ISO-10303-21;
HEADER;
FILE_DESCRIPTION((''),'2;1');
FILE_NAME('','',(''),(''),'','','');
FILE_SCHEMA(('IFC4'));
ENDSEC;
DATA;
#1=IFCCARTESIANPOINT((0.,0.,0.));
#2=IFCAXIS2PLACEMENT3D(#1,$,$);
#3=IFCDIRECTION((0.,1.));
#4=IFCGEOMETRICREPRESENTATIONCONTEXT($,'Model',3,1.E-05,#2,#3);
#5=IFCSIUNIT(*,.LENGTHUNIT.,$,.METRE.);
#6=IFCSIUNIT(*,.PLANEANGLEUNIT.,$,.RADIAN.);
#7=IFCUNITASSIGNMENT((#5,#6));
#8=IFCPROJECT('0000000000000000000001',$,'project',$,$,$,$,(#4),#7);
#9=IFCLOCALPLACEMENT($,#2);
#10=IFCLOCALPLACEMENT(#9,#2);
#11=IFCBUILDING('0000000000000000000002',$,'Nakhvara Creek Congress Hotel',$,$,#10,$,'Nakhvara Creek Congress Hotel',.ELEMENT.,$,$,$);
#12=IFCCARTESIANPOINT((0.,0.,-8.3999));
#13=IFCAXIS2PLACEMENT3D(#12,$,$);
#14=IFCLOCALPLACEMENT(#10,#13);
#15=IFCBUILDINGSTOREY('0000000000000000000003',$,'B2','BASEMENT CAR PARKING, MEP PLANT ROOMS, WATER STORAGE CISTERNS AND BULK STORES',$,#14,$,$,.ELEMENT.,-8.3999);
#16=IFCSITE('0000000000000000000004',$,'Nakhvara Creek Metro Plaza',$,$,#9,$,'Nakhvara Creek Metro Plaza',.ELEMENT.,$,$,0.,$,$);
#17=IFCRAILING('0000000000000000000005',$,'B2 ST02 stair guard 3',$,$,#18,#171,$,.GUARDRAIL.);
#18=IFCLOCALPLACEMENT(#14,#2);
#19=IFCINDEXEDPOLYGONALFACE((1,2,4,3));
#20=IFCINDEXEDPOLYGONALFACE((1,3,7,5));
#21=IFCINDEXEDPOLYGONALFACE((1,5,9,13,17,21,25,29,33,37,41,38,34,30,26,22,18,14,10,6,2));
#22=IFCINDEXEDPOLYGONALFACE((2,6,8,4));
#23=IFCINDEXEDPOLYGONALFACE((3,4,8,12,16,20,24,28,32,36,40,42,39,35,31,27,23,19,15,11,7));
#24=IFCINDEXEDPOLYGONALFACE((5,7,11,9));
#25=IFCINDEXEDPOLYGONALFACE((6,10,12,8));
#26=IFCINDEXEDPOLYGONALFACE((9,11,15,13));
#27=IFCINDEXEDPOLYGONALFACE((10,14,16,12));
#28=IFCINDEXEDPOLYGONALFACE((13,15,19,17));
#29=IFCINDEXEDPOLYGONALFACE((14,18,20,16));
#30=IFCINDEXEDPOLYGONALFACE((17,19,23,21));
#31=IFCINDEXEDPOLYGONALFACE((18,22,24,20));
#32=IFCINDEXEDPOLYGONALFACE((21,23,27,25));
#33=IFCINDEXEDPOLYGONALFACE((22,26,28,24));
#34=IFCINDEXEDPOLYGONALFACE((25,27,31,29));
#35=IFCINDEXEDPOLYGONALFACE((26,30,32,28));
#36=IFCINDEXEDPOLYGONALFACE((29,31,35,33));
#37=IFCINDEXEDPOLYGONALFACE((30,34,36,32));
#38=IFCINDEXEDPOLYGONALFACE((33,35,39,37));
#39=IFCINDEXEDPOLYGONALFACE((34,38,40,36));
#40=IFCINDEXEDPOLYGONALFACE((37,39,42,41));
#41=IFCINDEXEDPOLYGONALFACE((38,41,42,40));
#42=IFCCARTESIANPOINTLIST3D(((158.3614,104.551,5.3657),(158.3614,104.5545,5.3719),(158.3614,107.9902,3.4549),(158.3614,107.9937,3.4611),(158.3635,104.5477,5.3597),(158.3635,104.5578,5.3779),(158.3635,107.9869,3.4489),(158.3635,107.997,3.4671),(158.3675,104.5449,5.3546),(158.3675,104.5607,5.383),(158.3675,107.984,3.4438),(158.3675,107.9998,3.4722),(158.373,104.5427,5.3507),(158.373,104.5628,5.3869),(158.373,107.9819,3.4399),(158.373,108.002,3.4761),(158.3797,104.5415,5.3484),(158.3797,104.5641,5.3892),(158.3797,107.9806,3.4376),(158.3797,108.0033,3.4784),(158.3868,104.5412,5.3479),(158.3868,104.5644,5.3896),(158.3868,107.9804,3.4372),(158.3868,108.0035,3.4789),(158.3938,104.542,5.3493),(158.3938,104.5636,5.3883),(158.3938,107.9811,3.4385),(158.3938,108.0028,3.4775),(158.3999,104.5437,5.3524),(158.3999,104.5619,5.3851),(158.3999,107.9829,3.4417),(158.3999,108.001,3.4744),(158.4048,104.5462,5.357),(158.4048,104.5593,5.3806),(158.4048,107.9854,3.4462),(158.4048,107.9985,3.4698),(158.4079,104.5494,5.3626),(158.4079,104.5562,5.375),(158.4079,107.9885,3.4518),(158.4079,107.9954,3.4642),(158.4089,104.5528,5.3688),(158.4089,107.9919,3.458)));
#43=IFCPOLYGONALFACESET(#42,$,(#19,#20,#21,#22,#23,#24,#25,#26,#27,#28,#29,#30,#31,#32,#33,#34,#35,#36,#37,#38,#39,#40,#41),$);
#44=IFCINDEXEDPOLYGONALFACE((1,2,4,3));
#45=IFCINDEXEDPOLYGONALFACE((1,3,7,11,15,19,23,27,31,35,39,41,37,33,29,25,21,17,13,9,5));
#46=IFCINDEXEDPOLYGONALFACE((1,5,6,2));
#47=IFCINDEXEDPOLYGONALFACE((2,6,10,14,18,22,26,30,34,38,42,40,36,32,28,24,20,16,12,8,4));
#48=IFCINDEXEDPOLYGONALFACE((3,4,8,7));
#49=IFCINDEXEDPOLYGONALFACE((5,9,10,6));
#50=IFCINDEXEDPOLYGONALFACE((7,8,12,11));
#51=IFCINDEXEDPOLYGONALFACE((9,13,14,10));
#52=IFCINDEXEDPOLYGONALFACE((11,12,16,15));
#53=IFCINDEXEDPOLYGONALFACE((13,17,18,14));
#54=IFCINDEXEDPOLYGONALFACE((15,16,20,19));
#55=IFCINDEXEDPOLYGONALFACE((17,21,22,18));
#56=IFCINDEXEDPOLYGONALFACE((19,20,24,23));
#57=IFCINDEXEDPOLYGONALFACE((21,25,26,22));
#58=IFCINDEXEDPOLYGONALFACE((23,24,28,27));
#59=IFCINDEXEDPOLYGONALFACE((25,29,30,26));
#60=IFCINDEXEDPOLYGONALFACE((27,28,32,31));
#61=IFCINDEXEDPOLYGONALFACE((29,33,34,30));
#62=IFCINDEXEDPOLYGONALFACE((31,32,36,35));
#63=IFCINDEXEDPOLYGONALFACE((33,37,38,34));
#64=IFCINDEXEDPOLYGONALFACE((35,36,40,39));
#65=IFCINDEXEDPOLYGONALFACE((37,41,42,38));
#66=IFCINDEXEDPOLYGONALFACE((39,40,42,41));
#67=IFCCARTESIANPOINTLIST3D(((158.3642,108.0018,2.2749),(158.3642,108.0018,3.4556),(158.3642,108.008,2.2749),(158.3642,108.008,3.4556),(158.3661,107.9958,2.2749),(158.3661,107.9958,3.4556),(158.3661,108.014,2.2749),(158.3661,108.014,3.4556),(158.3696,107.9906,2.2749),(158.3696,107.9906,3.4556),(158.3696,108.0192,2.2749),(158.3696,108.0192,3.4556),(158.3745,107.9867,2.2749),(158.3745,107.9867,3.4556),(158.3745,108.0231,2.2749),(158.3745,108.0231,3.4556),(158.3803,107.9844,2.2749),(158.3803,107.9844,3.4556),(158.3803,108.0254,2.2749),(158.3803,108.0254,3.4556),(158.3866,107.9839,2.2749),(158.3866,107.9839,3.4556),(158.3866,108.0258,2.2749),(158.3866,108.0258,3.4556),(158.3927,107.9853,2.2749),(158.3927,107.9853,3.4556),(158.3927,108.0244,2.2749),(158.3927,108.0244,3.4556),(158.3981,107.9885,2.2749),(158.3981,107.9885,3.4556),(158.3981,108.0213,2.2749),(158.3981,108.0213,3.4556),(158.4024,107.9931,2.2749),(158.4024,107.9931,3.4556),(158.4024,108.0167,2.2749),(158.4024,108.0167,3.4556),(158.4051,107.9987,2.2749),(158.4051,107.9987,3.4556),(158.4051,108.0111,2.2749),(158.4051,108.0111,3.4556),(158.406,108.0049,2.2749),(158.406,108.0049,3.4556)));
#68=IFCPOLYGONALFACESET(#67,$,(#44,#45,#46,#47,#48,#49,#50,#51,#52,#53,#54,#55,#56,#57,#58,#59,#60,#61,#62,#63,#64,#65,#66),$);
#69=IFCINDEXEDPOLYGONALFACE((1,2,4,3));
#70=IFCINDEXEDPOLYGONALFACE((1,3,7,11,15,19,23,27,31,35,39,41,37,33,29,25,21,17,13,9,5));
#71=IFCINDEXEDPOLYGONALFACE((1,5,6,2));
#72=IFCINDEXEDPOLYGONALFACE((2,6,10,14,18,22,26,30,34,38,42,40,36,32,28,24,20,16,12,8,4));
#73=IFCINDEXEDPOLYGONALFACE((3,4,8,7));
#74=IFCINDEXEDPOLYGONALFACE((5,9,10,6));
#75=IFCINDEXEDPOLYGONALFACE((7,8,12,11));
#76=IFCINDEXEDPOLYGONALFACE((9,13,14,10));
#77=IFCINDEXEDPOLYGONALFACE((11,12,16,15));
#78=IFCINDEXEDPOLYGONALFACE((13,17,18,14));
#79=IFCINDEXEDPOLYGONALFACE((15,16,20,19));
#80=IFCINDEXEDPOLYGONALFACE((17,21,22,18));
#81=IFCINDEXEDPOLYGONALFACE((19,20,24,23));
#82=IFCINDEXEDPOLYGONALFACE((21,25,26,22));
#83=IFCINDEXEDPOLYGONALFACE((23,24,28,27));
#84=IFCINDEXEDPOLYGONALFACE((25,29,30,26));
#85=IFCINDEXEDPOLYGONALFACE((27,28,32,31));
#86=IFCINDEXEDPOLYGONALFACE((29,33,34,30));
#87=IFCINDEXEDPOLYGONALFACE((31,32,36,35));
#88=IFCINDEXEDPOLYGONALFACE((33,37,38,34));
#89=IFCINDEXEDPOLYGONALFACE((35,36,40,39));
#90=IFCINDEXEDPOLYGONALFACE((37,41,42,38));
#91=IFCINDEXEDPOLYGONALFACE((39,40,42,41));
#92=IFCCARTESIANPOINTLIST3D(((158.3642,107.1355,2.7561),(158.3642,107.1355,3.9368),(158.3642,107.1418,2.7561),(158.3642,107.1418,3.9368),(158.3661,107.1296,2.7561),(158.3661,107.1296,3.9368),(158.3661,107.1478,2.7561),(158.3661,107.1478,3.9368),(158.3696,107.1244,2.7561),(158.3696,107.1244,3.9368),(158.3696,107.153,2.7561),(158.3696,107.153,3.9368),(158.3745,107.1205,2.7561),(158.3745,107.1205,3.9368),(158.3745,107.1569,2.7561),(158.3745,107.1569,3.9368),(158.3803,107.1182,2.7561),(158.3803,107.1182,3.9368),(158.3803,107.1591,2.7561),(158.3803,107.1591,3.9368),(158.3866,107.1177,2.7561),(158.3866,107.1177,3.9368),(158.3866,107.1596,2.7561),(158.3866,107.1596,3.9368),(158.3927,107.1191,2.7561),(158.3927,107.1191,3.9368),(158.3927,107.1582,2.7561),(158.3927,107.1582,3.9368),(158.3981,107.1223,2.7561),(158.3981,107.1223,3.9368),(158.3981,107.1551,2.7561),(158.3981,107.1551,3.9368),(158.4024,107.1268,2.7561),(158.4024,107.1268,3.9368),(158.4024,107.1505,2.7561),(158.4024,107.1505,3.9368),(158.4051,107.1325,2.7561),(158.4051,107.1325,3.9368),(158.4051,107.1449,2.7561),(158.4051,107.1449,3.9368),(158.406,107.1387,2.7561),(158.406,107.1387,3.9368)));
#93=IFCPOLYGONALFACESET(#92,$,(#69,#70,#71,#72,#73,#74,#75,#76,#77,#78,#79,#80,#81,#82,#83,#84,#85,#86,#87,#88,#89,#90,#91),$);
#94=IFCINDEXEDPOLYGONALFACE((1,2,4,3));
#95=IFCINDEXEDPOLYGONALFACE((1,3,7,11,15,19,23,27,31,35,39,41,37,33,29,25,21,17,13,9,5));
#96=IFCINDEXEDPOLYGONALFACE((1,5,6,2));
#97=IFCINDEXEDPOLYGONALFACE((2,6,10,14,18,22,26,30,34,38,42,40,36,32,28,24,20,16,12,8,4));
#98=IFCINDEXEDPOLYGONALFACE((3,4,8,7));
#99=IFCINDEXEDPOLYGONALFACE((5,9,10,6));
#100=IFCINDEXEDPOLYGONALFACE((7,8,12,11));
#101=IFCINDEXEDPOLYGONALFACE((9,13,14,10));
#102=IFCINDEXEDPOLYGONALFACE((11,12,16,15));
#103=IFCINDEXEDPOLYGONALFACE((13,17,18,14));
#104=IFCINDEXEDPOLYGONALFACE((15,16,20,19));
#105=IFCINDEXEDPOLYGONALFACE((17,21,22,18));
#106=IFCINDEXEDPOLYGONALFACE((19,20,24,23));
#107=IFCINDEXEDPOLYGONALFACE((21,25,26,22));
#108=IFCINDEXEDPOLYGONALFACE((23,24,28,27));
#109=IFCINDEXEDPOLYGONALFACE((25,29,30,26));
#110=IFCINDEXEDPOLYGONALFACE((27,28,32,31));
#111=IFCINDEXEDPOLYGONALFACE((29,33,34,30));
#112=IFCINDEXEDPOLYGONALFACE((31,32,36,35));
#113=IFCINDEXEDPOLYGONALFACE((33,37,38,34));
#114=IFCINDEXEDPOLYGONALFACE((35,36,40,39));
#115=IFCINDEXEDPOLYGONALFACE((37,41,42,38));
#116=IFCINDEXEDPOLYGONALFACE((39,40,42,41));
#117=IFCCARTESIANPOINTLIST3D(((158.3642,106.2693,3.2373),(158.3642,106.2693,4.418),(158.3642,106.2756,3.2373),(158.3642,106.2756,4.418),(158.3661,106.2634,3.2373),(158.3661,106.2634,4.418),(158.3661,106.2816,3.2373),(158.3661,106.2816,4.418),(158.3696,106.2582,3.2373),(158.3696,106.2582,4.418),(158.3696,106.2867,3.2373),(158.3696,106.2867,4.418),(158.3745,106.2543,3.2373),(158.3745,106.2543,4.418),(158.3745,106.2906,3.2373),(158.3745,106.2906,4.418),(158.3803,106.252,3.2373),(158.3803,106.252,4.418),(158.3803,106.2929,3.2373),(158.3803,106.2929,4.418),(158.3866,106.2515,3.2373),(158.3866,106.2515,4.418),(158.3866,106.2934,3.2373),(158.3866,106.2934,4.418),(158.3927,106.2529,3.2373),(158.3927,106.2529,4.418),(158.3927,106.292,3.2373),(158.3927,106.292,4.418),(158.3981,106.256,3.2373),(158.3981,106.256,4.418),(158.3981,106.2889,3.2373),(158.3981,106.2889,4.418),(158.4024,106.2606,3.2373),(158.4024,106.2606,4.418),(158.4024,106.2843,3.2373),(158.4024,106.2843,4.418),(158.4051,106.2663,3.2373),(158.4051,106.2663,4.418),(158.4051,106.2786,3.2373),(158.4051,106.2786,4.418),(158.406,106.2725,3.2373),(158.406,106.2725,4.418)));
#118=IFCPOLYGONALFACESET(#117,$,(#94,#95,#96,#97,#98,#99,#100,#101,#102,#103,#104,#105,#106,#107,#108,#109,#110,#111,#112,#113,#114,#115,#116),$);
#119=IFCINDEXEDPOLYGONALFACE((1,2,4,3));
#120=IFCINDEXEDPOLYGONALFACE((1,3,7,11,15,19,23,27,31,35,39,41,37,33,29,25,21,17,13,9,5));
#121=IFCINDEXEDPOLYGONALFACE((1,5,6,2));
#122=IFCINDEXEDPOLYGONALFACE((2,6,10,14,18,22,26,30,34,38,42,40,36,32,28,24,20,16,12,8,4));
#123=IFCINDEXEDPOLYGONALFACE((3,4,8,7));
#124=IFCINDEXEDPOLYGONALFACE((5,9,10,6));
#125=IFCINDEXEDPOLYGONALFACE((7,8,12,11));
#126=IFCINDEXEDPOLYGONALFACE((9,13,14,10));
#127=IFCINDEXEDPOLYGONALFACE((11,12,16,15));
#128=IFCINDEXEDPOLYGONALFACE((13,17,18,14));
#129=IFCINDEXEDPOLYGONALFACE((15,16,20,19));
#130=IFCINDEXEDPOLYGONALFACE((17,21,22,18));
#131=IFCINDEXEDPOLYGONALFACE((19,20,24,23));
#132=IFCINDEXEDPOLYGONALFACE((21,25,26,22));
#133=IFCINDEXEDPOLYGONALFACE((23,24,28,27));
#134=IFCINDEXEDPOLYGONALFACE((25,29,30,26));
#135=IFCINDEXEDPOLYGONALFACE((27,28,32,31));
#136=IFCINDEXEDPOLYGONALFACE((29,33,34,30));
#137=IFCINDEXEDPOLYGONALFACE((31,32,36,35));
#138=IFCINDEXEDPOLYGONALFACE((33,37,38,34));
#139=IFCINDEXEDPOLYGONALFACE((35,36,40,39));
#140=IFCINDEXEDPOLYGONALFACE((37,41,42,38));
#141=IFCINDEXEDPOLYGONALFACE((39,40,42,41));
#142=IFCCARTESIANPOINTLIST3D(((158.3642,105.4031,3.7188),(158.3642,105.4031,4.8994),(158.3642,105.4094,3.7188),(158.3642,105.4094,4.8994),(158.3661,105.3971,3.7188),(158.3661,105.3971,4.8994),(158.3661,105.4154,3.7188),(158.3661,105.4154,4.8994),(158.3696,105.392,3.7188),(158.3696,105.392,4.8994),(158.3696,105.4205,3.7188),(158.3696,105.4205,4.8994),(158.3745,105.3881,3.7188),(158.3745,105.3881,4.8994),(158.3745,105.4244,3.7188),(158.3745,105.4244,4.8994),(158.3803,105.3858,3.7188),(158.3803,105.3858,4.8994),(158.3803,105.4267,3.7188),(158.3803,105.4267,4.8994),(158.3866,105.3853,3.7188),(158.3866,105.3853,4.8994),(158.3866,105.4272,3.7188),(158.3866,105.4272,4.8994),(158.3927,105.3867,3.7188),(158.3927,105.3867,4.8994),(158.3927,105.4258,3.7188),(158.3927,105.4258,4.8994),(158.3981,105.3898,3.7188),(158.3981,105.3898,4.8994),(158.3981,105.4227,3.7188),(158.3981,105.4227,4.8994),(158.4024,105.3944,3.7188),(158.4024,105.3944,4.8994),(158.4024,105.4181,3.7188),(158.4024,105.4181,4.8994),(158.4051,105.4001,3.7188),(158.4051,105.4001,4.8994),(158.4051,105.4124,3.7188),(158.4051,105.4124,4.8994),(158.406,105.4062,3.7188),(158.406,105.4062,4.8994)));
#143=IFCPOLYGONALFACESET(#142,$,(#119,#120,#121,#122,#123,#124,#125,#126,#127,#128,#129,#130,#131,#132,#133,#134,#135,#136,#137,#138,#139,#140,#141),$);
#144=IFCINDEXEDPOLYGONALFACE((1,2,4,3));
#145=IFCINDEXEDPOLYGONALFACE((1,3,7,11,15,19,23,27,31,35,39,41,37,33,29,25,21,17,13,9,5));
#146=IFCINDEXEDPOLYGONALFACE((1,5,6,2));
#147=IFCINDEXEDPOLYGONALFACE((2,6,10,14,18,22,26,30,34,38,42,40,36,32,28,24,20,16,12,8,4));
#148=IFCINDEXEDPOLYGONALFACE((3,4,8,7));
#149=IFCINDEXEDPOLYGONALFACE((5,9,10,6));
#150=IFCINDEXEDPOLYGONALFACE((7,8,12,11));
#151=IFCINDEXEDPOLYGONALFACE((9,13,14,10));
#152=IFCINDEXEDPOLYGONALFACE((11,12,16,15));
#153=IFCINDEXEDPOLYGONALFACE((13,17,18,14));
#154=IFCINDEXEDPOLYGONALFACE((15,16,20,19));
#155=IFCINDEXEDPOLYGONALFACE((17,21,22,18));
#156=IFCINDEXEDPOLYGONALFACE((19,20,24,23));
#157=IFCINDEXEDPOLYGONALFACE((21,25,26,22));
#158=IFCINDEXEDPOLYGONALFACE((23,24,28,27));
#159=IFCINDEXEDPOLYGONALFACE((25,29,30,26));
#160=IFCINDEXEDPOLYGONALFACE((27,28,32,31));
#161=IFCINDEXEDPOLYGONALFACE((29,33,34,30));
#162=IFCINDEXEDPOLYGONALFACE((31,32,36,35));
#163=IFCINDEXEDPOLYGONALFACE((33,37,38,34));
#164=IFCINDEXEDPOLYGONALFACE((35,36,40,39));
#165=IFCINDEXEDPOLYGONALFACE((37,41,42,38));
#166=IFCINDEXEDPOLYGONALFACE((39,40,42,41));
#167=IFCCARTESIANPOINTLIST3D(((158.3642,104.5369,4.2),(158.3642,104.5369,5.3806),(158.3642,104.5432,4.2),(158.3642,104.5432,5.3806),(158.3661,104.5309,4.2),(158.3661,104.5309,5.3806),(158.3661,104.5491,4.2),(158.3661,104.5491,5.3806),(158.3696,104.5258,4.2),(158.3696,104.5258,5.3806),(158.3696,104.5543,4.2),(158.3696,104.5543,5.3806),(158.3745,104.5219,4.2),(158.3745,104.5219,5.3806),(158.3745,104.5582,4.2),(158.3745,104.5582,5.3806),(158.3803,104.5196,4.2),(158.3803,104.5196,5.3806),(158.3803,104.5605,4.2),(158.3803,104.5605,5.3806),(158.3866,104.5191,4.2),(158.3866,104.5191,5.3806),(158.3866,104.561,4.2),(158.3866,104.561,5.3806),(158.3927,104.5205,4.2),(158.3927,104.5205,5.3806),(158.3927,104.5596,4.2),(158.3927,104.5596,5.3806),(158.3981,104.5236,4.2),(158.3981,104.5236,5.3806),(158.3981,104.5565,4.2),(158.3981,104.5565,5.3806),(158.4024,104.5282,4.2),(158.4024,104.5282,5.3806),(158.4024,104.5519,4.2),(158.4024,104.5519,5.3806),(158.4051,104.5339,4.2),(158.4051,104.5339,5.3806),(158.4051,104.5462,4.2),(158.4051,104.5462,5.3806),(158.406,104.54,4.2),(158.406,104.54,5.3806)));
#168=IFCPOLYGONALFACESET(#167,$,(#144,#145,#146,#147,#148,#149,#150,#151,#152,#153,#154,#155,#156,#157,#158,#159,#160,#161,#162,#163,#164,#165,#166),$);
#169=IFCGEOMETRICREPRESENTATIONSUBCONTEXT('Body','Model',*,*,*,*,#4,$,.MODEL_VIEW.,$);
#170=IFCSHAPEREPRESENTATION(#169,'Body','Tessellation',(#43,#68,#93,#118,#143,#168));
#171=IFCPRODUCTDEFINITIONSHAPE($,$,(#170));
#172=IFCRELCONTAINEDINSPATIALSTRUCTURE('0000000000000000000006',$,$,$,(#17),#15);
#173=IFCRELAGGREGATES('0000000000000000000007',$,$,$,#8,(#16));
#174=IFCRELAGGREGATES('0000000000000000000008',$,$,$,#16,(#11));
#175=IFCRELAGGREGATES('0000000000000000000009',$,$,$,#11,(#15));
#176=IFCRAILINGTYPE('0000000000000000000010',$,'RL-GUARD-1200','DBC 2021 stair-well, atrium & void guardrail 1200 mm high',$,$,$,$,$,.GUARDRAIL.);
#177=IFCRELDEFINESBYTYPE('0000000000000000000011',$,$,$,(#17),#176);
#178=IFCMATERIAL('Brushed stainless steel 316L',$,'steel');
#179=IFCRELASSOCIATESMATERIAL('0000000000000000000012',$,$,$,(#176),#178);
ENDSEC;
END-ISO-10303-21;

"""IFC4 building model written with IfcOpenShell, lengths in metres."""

from ifc_helpers import new_model, si_unit, direction, frame, origin, origin_2d, place, context, subcontext, project, spatial, circle, extrude, material, type_object, element, save


model = new_model("IFC4")

# Units and contexts
model_context = context("Model", 3, precision=1e-05, world=origin(), true_north=direction((0.0, 1.0)))
body_context = subcontext(model_context, "Body", "Model", "MODEL_VIEW")
ifc_project = project(units=[si_unit("LENGTHUNIT", "METRE"), si_unit("PLANEANGLEUNIT", "RADIAN")], contexts=[model_context])

# Site, building, storey
site_placement = place(None, origin())
site = spatial("IfcSite", under=ifc_project, at=site_placement, Name="Nakhvara Creek Metro Plaza", LongName="Nakhvara Creek Metro Plaza", CompositionType="ELEMENT", RefElevation=0.0)
building_placement = place(site_placement, origin())
building = spatial("IfcBuilding", under=site, at=building_placement, Name="Nakhvara Creek Congress Hotel", LongName="Nakhvara Creek Congress Hotel", CompositionType="ELEMENT")
storey_placement = place(building_placement, frame((0.0, 0.0, -8.3999)))
storey = spatial("IfcBuildingStorey", under=building, at=storey_placement, Name="B2", Description="BASEMENT CAR PARKING, MEP PLANT ROOMS, WATER STORAGE CISTERNS AND BULK STORES", CompositionType="ELEMENT", Elevation=-8.3999)

# Railing
ifc_material_1 = material(Name="Brushed stainless steel 316L", Category="steel")
railing_type_1 = type_object("IfcRailingType", Name="RL-GUARD-1200", Description="DBC 2021 stair-well, atrium & void guardrail 1200 mm high", PredefinedType="GUARDRAIL", material=ifc_material_1)
railing_1_placement = place(storey_placement, frame((158.385, 108.0049, 2.2749)))
element("IfcRailing", 1, at=railing_1_placement, inside=storey, type_object=railing_type_1, Name="B2 ST02 stair guard 3", PredefinedType="GUARDRAIL", context=body_context, shape_type="SweptSolid", body=[
    extrude(circle(Radius=0.0239, at=origin_2d()), frame((0.0, -0.0129, 1.1831), z_axis=(0.0, -0.874143, 0.485669), x_axis=(1.0, 0.0, 0.0)), (0.0, 0.0, 1.0), 3.9343),
    extrude(circle(Radius=0.021, at=origin_2d()), origin(), (0.0, 0.0, 1.0), 1.1807),
    extrude(circle(Radius=0.021, at=origin_2d()), frame((0.0, -0.8662, 0.4812)), (0.0, 0.0, 1.0), 1.1807),
    extrude(circle(Radius=0.021, at=origin_2d()), frame((0.0, -1.7324, 0.9624)), (0.0, 0.0, 1.0), 1.1807),
    extrude(circle(Radius=0.021, at=origin_2d()), frame((0.0, -2.5986, 1.4438)), (0.0, 0.0, 1.0), 1.1807),
    extrude(circle(Radius=0.021, at=origin_2d()), frame((0.0, -3.4648, 1.925)), (0.0, 0.0, 1.0), 1.1807),
])

save(model, "model.ifc")
